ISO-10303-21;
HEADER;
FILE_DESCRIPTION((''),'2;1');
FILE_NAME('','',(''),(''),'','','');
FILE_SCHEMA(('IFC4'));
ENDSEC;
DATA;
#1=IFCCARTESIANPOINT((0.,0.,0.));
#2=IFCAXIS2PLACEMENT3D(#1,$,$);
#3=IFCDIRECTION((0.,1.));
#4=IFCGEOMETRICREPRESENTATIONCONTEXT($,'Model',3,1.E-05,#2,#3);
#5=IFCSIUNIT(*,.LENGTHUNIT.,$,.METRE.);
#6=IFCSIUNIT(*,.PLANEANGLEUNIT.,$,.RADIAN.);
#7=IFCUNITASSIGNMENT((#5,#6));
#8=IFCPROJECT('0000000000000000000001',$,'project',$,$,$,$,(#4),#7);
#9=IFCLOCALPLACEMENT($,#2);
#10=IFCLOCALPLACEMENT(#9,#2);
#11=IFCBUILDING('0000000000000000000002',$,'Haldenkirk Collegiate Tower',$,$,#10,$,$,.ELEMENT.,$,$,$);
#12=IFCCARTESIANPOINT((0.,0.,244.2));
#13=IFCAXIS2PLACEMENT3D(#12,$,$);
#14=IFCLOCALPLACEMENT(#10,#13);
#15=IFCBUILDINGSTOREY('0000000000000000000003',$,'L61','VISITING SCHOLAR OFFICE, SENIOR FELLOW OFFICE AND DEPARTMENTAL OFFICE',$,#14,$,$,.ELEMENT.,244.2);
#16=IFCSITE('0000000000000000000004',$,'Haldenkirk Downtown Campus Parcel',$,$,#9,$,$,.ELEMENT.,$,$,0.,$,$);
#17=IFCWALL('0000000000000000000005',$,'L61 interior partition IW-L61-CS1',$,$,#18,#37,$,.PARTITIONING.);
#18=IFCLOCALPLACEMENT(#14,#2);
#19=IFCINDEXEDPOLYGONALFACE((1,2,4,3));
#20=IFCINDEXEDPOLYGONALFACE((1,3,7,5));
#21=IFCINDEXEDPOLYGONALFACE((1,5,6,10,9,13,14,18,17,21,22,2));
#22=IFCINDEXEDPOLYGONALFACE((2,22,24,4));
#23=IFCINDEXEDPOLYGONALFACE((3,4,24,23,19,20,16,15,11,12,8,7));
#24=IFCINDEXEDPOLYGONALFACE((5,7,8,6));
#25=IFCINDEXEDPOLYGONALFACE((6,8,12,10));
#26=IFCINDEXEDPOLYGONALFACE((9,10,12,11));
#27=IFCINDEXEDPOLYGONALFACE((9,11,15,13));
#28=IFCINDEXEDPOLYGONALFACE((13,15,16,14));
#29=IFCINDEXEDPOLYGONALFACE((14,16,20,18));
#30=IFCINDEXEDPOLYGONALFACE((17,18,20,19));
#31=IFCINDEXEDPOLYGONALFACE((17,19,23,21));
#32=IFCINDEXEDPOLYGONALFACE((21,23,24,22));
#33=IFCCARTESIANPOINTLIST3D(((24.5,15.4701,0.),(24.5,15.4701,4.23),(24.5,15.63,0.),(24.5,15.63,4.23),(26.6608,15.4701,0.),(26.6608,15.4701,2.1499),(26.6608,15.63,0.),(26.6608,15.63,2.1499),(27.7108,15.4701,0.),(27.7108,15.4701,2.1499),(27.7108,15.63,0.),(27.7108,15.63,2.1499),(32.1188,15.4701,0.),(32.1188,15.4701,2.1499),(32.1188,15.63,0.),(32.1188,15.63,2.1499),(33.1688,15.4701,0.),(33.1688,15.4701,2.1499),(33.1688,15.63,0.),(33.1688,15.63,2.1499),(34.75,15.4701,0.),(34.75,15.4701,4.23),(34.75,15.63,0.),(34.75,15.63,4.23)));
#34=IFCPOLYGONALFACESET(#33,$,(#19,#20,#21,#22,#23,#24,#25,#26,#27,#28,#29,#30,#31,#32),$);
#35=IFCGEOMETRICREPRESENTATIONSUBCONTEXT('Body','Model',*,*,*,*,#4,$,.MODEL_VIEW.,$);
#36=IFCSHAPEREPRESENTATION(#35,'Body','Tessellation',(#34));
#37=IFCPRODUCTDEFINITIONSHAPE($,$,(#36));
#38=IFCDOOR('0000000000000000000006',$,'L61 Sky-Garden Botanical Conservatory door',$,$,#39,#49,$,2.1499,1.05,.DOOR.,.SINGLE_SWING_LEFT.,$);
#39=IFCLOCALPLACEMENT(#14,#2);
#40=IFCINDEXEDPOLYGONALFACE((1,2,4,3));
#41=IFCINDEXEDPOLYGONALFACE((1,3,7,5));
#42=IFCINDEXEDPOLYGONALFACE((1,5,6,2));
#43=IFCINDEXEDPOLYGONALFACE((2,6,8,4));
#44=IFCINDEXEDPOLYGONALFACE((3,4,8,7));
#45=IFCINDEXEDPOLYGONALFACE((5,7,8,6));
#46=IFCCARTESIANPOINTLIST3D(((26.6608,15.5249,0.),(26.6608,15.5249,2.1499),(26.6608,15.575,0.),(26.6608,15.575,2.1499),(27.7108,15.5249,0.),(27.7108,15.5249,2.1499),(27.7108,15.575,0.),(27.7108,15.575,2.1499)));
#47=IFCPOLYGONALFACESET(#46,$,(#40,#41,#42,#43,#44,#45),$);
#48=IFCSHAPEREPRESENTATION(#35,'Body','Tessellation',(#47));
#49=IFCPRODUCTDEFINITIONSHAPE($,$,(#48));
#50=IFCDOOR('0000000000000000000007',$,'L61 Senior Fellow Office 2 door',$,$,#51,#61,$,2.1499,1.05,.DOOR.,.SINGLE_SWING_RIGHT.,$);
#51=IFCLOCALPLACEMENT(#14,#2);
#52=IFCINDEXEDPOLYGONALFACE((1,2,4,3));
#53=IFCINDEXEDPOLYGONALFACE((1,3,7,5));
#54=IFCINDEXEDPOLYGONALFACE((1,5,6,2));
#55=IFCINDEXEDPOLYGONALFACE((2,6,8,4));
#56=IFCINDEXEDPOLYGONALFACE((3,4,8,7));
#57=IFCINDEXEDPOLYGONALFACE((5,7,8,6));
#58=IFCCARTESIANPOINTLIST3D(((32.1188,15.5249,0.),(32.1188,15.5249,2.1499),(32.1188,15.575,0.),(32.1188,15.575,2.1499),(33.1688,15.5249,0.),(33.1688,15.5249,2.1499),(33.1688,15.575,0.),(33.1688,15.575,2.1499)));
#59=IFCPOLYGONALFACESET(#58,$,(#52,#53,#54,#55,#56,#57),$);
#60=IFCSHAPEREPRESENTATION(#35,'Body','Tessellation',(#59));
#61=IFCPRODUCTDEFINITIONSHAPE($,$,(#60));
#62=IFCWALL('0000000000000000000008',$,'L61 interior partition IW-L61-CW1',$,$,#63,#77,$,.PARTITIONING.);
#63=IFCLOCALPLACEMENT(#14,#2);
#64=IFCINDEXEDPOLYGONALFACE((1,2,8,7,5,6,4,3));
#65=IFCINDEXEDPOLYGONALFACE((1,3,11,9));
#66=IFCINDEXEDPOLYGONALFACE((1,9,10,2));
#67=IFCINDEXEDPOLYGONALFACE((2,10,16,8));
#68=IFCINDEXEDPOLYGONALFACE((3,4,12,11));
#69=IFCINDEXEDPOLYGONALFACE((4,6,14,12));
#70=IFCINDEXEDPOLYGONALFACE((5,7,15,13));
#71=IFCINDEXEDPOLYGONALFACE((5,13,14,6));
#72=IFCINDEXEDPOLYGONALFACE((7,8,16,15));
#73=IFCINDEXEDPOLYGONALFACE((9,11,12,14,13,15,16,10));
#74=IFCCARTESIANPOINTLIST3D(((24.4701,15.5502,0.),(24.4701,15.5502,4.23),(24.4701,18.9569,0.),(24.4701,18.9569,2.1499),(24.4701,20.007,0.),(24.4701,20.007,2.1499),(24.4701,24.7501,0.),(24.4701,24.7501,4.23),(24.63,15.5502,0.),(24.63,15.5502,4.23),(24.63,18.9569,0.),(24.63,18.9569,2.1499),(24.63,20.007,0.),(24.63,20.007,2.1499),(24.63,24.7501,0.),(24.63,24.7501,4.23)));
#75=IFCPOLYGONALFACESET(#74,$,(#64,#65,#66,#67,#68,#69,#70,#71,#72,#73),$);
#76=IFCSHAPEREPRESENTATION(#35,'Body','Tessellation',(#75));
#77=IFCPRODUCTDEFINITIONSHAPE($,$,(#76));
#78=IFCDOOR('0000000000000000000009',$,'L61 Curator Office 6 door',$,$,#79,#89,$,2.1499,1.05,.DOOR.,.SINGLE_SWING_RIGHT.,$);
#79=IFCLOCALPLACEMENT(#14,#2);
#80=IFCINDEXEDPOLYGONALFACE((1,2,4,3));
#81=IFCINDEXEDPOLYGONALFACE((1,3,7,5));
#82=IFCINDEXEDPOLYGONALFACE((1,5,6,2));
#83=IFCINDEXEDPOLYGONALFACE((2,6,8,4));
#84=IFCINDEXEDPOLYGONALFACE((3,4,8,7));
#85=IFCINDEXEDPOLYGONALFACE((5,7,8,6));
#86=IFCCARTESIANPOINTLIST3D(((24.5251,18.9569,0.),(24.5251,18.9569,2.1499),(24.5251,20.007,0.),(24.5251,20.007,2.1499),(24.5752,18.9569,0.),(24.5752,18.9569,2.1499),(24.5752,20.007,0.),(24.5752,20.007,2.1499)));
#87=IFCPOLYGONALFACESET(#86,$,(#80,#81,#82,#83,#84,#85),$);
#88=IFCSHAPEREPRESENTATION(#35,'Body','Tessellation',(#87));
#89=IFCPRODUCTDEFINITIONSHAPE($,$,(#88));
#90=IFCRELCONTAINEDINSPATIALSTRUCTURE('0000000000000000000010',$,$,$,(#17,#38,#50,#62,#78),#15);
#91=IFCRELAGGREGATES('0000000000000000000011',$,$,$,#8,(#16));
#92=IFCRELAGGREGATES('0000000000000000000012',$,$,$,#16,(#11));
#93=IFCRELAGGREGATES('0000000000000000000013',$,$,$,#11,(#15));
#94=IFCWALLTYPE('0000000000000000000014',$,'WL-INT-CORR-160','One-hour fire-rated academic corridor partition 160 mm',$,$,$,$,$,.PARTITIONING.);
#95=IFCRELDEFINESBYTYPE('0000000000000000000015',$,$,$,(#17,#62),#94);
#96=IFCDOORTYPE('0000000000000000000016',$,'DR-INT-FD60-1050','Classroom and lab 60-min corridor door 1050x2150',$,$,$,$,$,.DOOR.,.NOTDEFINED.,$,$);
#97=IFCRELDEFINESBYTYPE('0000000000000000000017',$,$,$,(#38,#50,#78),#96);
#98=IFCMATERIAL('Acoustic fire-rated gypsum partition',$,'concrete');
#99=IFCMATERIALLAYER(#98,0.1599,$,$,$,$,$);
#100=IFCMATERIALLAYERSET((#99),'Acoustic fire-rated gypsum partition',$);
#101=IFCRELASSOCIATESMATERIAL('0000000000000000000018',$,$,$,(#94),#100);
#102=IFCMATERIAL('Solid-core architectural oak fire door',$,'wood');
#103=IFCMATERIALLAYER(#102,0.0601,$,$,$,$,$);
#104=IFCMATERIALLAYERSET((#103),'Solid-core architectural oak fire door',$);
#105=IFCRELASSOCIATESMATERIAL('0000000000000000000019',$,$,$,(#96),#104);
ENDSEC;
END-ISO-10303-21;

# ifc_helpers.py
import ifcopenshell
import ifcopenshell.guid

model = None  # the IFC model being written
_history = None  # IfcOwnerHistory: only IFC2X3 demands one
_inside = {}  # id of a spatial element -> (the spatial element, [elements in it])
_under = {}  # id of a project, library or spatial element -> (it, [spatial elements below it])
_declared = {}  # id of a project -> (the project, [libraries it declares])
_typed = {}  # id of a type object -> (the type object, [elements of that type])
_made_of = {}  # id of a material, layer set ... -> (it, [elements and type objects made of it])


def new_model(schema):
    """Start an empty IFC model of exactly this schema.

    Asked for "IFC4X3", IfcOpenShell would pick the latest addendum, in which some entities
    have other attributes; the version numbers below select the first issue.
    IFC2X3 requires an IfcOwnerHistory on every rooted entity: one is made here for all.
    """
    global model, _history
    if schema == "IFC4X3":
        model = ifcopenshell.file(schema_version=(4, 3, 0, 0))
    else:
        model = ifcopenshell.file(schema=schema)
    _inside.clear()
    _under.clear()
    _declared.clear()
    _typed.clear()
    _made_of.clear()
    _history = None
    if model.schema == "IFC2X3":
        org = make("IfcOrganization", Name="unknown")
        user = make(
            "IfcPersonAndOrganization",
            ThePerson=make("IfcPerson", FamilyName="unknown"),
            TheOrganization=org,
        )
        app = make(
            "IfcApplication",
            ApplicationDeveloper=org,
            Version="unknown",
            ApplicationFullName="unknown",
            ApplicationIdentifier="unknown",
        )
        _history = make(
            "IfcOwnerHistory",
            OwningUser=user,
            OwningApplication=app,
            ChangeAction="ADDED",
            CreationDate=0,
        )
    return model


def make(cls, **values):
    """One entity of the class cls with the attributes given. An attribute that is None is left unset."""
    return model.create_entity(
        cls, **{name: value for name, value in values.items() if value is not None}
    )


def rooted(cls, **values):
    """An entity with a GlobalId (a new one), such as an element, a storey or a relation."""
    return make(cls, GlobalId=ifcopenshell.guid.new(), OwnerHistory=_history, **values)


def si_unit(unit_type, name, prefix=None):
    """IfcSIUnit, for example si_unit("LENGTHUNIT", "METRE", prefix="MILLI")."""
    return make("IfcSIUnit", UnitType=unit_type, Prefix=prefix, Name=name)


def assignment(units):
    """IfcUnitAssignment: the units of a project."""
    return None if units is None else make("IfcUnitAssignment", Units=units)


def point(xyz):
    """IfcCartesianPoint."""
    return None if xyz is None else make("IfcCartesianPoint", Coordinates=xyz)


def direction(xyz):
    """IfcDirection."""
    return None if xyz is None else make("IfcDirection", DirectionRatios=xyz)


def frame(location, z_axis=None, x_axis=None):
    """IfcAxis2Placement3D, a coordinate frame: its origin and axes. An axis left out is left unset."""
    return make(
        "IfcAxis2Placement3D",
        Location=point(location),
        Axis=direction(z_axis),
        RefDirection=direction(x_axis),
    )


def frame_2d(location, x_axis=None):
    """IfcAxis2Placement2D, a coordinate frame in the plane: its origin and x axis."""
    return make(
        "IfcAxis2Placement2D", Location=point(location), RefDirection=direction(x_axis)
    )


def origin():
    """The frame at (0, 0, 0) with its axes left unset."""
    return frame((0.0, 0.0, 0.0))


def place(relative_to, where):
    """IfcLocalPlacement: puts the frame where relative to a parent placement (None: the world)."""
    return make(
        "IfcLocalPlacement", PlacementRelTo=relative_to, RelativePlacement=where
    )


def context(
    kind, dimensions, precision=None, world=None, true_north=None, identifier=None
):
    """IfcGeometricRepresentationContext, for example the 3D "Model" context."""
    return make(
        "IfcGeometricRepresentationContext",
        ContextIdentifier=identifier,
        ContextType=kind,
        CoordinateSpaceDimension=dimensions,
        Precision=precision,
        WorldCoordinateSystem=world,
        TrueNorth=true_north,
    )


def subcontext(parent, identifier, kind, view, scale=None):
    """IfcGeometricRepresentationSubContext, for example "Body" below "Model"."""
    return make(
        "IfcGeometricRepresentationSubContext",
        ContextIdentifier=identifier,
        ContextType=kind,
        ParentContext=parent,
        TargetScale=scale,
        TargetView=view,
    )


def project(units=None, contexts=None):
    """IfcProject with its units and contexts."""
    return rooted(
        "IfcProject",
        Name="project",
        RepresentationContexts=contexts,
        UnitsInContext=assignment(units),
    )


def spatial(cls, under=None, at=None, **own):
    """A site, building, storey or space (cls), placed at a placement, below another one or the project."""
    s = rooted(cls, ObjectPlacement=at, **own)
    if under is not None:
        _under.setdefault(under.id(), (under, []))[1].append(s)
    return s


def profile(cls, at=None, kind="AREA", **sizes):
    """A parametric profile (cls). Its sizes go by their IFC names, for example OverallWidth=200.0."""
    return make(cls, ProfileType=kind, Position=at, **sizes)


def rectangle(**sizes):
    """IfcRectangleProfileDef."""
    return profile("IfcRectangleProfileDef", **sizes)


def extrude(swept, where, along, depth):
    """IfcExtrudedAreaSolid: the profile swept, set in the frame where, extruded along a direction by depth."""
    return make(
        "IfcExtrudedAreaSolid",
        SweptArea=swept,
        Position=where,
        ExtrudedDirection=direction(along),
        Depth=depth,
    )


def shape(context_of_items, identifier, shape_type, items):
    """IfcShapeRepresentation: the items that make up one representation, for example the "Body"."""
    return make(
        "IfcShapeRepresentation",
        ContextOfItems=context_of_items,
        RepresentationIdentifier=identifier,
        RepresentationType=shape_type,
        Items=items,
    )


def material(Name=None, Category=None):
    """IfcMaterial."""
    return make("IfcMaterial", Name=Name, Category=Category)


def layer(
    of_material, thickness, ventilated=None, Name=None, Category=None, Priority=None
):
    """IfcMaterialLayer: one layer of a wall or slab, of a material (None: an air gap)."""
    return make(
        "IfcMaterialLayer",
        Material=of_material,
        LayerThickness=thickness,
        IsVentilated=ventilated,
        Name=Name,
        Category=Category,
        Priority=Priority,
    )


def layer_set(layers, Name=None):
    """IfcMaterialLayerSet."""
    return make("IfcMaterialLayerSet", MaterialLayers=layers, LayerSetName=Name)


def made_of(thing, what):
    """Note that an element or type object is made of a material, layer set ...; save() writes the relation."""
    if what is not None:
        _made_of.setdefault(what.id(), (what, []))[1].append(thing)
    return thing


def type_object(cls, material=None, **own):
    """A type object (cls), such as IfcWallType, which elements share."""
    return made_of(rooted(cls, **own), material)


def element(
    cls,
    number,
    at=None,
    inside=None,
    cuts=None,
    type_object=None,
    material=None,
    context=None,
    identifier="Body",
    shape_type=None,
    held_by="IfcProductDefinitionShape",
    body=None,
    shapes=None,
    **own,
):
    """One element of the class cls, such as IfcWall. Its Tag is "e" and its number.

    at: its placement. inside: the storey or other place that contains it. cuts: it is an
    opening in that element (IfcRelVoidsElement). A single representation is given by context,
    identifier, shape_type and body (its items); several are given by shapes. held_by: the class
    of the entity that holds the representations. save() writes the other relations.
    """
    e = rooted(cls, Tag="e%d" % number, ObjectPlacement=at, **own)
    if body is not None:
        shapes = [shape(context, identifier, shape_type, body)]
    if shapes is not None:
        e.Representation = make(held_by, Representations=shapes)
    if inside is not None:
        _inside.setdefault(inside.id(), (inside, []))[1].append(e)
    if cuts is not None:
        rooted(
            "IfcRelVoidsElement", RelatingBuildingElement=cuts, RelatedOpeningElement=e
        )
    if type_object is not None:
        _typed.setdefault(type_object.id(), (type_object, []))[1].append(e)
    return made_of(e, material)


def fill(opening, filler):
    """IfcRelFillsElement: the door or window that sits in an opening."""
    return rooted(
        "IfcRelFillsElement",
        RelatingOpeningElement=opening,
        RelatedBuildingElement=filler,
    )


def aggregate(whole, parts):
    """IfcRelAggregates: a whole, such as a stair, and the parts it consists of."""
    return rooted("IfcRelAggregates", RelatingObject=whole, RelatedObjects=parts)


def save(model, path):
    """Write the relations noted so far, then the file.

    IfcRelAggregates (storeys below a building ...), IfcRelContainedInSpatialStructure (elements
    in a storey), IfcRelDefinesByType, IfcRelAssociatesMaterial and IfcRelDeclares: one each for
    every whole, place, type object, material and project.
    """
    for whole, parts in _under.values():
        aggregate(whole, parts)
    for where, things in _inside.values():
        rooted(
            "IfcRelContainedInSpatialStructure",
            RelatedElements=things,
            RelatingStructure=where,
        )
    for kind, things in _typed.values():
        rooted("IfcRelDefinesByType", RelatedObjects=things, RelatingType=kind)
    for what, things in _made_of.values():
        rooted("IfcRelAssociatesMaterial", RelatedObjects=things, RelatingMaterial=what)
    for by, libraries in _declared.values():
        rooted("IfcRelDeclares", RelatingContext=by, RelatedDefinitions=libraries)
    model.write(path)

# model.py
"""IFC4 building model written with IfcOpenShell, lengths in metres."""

from ifc_helpers import new_model, si_unit, direction, frame, frame_2d, origin, place, context, subcontext, project, spatial, rectangle, extrude, material, layer, layer_set, type_object, element, fill, save


model = new_model("IFC4")

# Units and contexts
model_context = context("Model", 3, precision=1e-05, world=origin(), true_north=direction((0.0, 1.0)))
body_context = subcontext(model_context, "Body", "Model", "MODEL_VIEW")
ifc_project = project(units=[si_unit("LENGTHUNIT", "METRE"), si_unit("PLANEANGLEUNIT", "RADIAN")], contexts=[model_context])

# Site, building, storey
site_placement = place(None, origin())
site = spatial("IfcSite", under=ifc_project, at=site_placement, Name="Haldenkirk Downtown Campus Parcel", CompositionType="ELEMENT", RefElevation=0.0)
building_placement = place(site_placement, origin())
building = spatial("IfcBuilding", under=site, at=building_placement, Name="Haldenkirk Collegiate Tower", CompositionType="ELEMENT")
storey_placement = place(building_placement, frame((0.0, 0.0, 244.2)))
storey = spatial("IfcBuildingStorey", under=building, at=storey_placement, Name="L61", Description="VISITING SCHOLAR OFFICE, SENIOR FELLOW OFFICE AND DEPARTMENTAL OFFICE", CompositionType="ELEMENT", Elevation=244.2)

# Wall, openings, doors
ifc_material_1 = material(Name="Acoustic fire-rated gypsum partition", Category="concrete")
ifc_layer_1 = layer(ifc_material_1, 0.1599)
ifc_layer_set_1 = layer_set([ifc_layer_1], Name="Acoustic fire-rated gypsum partition")
wall_type_1 = type_object("IfcWallType", Name="WL-INT-CORR-160", Description="One-hour fire-rated academic corridor partition 160 mm", PredefinedType="PARTITIONING", material=ifc_layer_set_1)
wall_1_placement = place(storey_placement, frame((24.5, 15.55, 0.0), z_axis=(0.0, 0.0, 1.0), x_axis=(1.0, 0.0, 0.0)))
wall_1 = element("IfcWall", 1, at=wall_1_placement, inside=storey, type_object=wall_type_1, Name="L61 interior partition IW-L61-CS1", PredefinedType="PARTITIONING", context=body_context, shape_type="SweptSolid", body=[
    extrude(rectangle(XDim=10.25, YDim=0.1599, at=frame_2d((5.125, 0.0))), origin(), (0.0, 0.0, 1.0), 4.23),
])
opening_1_placement = place(wall_1_placement, frame((2.1609, 0.0, 0.0)))
opening_1 = element("IfcOpeningElement", 2, at=opening_1_placement, cuts=wall_1, PredefinedType="OPENING", context=body_context, shape_type="SweptSolid", body=[
    extrude(rectangle(XDim=1.05, YDim=2.1499, at=frame_2d((0.5249, 1.075))), frame((0.0, 0.0898, 0.0), z_axis=(0.0, -1.0, 0.0), x_axis=(1.0, 0.0, 0.0)), (0.0, 0.0, 1.0), 0.1799),
])
opening_2_placement = place(wall_1_placement, frame((7.6189, 0.0, 0.0)))
opening_2 = element("IfcOpeningElement", 3, at=opening_2_placement, cuts=wall_1, PredefinedType="OPENING", context=body_context, shape_type="SweptSolid", body=[
    extrude(rectangle(XDim=1.05, YDim=2.1499, at=frame_2d((0.5249, 1.075))), frame((0.0, 0.0898, 0.0), z_axis=(0.0, -1.0, 0.0), x_axis=(1.0, 0.0, 0.0)), (0.0, 0.0, 1.0), 0.1799),
])
ifc_material_2 = material(Name="Solid-core architectural oak fire door", Category="wood")
ifc_layer_2 = layer(ifc_material_2, 0.0601)
ifc_layer_set_2 = layer_set([ifc_layer_2], Name="Solid-core architectural oak fire door")
door_type_1 = type_object("IfcDoorType", Name="DR-INT-FD60-1050", Description="Classroom and lab 60-min corridor door 1050x2150", OperationType="NOTDEFINED", PredefinedType="DOOR", material=ifc_layer_set_2)
door_1_placement = place(opening_1_placement, origin())
door_1 = element("IfcDoor", 4, at=door_1_placement, inside=storey, type_object=door_type_1, Name="L61 Sky-Garden Botanical Conservatory door", OperationType="SINGLE_SWING_LEFT", OverallHeight=2.1499, OverallWidth=1.05, PredefinedType="DOOR", context=body_context, shape_type="SweptSolid", body=[
    extrude(rectangle(XDim=1.05, YDim=2.1499, at=frame_2d((0.5249, 1.075))), frame((0.0, 0.0249, 0.0), z_axis=(0.0, -1.0, 0.0), x_axis=(1.0, 0.0, 0.0)), (0.0, 0.0, 1.0), 0.05),
])
fill(opening_1, door_1)
door_2_placement = place(opening_2_placement, origin())
door_2 = element("IfcDoor", 5, at=door_2_placement, inside=storey, type_object=door_type_1, Name="L61 Senior Fellow Office 2 door", OperationType="SINGLE_SWING_RIGHT", OverallHeight=2.1499, OverallWidth=1.05, PredefinedType="DOOR", context=body_context, shape_type="SweptSolid", body=[
    extrude(rectangle(XDim=1.05, YDim=2.1499, at=frame_2d((0.5249, 1.075))), frame((0.0, 0.0249, 0.0), z_axis=(0.0, -1.0, 0.0), x_axis=(1.0, 0.0, 0.0)), (0.0, 0.0, 1.0), 0.05),
])
fill(opening_2, door_2)

# Wall, opening, door
wall_2_placement = place(storey_placement, frame((24.55, 15.55, 0.0), z_axis=(0.0, 0.0, 1.0), x_axis=(0.0, 1.0, 0.0)))
wall_2 = element("IfcWall", 6, at=wall_2_placement, inside=storey, type_object=wall_type_1, Name="L61 interior partition IW-L61-CW1", PredefinedType="PARTITIONING", context=body_context, shape_type="SweptSolid", body=[
    extrude(rectangle(XDim=9.2, YDim=0.1599, at=frame_2d((4.6001, 0.0))), origin(), (0.0, 0.0, 1.0), 4.23),
])
opening_3_placement = place(wall_2_placement, frame((3.407, 0.0, 0.0)))
opening_3 = element("IfcOpeningElement", 7, at=opening_3_placement, cuts=wall_2, PredefinedType="OPENING", context=body_context, shape_type="SweptSolid", body=[
    extrude(rectangle(XDim=1.05, YDim=2.1499, at=frame_2d((0.5249, 1.075))), frame((0.0, 0.0898, 0.0), z_axis=(0.0, -1.0, 0.0), x_axis=(1.0, 0.0, 0.0)), (0.0, 0.0, 1.0), 0.1799),
])
door_3_placement = place(opening_3_placement, origin())
door_3 = element("IfcDoor", 8, at=door_3_placement, inside=storey, type_object=door_type_1, Name="L61 Curator Office 6 door", OperationType="SINGLE_SWING_RIGHT", OverallHeight=2.1499, OverallWidth=1.05, PredefinedType="DOOR", context=body_context, shape_type="SweptSolid", body=[
    extrude(rectangle(XDim=1.05, YDim=2.1499, at=frame_2d((0.5249, 1.075))), frame((0.0, 0.0249, 0.0), z_axis=(0.0, -1.0, 0.0), x_axis=(1.0, 0.0, 0.0)), (0.0, 0.0, 1.0), 0.05),
])
fill(opening_3, door_3)

save(model, "model.ifc")
